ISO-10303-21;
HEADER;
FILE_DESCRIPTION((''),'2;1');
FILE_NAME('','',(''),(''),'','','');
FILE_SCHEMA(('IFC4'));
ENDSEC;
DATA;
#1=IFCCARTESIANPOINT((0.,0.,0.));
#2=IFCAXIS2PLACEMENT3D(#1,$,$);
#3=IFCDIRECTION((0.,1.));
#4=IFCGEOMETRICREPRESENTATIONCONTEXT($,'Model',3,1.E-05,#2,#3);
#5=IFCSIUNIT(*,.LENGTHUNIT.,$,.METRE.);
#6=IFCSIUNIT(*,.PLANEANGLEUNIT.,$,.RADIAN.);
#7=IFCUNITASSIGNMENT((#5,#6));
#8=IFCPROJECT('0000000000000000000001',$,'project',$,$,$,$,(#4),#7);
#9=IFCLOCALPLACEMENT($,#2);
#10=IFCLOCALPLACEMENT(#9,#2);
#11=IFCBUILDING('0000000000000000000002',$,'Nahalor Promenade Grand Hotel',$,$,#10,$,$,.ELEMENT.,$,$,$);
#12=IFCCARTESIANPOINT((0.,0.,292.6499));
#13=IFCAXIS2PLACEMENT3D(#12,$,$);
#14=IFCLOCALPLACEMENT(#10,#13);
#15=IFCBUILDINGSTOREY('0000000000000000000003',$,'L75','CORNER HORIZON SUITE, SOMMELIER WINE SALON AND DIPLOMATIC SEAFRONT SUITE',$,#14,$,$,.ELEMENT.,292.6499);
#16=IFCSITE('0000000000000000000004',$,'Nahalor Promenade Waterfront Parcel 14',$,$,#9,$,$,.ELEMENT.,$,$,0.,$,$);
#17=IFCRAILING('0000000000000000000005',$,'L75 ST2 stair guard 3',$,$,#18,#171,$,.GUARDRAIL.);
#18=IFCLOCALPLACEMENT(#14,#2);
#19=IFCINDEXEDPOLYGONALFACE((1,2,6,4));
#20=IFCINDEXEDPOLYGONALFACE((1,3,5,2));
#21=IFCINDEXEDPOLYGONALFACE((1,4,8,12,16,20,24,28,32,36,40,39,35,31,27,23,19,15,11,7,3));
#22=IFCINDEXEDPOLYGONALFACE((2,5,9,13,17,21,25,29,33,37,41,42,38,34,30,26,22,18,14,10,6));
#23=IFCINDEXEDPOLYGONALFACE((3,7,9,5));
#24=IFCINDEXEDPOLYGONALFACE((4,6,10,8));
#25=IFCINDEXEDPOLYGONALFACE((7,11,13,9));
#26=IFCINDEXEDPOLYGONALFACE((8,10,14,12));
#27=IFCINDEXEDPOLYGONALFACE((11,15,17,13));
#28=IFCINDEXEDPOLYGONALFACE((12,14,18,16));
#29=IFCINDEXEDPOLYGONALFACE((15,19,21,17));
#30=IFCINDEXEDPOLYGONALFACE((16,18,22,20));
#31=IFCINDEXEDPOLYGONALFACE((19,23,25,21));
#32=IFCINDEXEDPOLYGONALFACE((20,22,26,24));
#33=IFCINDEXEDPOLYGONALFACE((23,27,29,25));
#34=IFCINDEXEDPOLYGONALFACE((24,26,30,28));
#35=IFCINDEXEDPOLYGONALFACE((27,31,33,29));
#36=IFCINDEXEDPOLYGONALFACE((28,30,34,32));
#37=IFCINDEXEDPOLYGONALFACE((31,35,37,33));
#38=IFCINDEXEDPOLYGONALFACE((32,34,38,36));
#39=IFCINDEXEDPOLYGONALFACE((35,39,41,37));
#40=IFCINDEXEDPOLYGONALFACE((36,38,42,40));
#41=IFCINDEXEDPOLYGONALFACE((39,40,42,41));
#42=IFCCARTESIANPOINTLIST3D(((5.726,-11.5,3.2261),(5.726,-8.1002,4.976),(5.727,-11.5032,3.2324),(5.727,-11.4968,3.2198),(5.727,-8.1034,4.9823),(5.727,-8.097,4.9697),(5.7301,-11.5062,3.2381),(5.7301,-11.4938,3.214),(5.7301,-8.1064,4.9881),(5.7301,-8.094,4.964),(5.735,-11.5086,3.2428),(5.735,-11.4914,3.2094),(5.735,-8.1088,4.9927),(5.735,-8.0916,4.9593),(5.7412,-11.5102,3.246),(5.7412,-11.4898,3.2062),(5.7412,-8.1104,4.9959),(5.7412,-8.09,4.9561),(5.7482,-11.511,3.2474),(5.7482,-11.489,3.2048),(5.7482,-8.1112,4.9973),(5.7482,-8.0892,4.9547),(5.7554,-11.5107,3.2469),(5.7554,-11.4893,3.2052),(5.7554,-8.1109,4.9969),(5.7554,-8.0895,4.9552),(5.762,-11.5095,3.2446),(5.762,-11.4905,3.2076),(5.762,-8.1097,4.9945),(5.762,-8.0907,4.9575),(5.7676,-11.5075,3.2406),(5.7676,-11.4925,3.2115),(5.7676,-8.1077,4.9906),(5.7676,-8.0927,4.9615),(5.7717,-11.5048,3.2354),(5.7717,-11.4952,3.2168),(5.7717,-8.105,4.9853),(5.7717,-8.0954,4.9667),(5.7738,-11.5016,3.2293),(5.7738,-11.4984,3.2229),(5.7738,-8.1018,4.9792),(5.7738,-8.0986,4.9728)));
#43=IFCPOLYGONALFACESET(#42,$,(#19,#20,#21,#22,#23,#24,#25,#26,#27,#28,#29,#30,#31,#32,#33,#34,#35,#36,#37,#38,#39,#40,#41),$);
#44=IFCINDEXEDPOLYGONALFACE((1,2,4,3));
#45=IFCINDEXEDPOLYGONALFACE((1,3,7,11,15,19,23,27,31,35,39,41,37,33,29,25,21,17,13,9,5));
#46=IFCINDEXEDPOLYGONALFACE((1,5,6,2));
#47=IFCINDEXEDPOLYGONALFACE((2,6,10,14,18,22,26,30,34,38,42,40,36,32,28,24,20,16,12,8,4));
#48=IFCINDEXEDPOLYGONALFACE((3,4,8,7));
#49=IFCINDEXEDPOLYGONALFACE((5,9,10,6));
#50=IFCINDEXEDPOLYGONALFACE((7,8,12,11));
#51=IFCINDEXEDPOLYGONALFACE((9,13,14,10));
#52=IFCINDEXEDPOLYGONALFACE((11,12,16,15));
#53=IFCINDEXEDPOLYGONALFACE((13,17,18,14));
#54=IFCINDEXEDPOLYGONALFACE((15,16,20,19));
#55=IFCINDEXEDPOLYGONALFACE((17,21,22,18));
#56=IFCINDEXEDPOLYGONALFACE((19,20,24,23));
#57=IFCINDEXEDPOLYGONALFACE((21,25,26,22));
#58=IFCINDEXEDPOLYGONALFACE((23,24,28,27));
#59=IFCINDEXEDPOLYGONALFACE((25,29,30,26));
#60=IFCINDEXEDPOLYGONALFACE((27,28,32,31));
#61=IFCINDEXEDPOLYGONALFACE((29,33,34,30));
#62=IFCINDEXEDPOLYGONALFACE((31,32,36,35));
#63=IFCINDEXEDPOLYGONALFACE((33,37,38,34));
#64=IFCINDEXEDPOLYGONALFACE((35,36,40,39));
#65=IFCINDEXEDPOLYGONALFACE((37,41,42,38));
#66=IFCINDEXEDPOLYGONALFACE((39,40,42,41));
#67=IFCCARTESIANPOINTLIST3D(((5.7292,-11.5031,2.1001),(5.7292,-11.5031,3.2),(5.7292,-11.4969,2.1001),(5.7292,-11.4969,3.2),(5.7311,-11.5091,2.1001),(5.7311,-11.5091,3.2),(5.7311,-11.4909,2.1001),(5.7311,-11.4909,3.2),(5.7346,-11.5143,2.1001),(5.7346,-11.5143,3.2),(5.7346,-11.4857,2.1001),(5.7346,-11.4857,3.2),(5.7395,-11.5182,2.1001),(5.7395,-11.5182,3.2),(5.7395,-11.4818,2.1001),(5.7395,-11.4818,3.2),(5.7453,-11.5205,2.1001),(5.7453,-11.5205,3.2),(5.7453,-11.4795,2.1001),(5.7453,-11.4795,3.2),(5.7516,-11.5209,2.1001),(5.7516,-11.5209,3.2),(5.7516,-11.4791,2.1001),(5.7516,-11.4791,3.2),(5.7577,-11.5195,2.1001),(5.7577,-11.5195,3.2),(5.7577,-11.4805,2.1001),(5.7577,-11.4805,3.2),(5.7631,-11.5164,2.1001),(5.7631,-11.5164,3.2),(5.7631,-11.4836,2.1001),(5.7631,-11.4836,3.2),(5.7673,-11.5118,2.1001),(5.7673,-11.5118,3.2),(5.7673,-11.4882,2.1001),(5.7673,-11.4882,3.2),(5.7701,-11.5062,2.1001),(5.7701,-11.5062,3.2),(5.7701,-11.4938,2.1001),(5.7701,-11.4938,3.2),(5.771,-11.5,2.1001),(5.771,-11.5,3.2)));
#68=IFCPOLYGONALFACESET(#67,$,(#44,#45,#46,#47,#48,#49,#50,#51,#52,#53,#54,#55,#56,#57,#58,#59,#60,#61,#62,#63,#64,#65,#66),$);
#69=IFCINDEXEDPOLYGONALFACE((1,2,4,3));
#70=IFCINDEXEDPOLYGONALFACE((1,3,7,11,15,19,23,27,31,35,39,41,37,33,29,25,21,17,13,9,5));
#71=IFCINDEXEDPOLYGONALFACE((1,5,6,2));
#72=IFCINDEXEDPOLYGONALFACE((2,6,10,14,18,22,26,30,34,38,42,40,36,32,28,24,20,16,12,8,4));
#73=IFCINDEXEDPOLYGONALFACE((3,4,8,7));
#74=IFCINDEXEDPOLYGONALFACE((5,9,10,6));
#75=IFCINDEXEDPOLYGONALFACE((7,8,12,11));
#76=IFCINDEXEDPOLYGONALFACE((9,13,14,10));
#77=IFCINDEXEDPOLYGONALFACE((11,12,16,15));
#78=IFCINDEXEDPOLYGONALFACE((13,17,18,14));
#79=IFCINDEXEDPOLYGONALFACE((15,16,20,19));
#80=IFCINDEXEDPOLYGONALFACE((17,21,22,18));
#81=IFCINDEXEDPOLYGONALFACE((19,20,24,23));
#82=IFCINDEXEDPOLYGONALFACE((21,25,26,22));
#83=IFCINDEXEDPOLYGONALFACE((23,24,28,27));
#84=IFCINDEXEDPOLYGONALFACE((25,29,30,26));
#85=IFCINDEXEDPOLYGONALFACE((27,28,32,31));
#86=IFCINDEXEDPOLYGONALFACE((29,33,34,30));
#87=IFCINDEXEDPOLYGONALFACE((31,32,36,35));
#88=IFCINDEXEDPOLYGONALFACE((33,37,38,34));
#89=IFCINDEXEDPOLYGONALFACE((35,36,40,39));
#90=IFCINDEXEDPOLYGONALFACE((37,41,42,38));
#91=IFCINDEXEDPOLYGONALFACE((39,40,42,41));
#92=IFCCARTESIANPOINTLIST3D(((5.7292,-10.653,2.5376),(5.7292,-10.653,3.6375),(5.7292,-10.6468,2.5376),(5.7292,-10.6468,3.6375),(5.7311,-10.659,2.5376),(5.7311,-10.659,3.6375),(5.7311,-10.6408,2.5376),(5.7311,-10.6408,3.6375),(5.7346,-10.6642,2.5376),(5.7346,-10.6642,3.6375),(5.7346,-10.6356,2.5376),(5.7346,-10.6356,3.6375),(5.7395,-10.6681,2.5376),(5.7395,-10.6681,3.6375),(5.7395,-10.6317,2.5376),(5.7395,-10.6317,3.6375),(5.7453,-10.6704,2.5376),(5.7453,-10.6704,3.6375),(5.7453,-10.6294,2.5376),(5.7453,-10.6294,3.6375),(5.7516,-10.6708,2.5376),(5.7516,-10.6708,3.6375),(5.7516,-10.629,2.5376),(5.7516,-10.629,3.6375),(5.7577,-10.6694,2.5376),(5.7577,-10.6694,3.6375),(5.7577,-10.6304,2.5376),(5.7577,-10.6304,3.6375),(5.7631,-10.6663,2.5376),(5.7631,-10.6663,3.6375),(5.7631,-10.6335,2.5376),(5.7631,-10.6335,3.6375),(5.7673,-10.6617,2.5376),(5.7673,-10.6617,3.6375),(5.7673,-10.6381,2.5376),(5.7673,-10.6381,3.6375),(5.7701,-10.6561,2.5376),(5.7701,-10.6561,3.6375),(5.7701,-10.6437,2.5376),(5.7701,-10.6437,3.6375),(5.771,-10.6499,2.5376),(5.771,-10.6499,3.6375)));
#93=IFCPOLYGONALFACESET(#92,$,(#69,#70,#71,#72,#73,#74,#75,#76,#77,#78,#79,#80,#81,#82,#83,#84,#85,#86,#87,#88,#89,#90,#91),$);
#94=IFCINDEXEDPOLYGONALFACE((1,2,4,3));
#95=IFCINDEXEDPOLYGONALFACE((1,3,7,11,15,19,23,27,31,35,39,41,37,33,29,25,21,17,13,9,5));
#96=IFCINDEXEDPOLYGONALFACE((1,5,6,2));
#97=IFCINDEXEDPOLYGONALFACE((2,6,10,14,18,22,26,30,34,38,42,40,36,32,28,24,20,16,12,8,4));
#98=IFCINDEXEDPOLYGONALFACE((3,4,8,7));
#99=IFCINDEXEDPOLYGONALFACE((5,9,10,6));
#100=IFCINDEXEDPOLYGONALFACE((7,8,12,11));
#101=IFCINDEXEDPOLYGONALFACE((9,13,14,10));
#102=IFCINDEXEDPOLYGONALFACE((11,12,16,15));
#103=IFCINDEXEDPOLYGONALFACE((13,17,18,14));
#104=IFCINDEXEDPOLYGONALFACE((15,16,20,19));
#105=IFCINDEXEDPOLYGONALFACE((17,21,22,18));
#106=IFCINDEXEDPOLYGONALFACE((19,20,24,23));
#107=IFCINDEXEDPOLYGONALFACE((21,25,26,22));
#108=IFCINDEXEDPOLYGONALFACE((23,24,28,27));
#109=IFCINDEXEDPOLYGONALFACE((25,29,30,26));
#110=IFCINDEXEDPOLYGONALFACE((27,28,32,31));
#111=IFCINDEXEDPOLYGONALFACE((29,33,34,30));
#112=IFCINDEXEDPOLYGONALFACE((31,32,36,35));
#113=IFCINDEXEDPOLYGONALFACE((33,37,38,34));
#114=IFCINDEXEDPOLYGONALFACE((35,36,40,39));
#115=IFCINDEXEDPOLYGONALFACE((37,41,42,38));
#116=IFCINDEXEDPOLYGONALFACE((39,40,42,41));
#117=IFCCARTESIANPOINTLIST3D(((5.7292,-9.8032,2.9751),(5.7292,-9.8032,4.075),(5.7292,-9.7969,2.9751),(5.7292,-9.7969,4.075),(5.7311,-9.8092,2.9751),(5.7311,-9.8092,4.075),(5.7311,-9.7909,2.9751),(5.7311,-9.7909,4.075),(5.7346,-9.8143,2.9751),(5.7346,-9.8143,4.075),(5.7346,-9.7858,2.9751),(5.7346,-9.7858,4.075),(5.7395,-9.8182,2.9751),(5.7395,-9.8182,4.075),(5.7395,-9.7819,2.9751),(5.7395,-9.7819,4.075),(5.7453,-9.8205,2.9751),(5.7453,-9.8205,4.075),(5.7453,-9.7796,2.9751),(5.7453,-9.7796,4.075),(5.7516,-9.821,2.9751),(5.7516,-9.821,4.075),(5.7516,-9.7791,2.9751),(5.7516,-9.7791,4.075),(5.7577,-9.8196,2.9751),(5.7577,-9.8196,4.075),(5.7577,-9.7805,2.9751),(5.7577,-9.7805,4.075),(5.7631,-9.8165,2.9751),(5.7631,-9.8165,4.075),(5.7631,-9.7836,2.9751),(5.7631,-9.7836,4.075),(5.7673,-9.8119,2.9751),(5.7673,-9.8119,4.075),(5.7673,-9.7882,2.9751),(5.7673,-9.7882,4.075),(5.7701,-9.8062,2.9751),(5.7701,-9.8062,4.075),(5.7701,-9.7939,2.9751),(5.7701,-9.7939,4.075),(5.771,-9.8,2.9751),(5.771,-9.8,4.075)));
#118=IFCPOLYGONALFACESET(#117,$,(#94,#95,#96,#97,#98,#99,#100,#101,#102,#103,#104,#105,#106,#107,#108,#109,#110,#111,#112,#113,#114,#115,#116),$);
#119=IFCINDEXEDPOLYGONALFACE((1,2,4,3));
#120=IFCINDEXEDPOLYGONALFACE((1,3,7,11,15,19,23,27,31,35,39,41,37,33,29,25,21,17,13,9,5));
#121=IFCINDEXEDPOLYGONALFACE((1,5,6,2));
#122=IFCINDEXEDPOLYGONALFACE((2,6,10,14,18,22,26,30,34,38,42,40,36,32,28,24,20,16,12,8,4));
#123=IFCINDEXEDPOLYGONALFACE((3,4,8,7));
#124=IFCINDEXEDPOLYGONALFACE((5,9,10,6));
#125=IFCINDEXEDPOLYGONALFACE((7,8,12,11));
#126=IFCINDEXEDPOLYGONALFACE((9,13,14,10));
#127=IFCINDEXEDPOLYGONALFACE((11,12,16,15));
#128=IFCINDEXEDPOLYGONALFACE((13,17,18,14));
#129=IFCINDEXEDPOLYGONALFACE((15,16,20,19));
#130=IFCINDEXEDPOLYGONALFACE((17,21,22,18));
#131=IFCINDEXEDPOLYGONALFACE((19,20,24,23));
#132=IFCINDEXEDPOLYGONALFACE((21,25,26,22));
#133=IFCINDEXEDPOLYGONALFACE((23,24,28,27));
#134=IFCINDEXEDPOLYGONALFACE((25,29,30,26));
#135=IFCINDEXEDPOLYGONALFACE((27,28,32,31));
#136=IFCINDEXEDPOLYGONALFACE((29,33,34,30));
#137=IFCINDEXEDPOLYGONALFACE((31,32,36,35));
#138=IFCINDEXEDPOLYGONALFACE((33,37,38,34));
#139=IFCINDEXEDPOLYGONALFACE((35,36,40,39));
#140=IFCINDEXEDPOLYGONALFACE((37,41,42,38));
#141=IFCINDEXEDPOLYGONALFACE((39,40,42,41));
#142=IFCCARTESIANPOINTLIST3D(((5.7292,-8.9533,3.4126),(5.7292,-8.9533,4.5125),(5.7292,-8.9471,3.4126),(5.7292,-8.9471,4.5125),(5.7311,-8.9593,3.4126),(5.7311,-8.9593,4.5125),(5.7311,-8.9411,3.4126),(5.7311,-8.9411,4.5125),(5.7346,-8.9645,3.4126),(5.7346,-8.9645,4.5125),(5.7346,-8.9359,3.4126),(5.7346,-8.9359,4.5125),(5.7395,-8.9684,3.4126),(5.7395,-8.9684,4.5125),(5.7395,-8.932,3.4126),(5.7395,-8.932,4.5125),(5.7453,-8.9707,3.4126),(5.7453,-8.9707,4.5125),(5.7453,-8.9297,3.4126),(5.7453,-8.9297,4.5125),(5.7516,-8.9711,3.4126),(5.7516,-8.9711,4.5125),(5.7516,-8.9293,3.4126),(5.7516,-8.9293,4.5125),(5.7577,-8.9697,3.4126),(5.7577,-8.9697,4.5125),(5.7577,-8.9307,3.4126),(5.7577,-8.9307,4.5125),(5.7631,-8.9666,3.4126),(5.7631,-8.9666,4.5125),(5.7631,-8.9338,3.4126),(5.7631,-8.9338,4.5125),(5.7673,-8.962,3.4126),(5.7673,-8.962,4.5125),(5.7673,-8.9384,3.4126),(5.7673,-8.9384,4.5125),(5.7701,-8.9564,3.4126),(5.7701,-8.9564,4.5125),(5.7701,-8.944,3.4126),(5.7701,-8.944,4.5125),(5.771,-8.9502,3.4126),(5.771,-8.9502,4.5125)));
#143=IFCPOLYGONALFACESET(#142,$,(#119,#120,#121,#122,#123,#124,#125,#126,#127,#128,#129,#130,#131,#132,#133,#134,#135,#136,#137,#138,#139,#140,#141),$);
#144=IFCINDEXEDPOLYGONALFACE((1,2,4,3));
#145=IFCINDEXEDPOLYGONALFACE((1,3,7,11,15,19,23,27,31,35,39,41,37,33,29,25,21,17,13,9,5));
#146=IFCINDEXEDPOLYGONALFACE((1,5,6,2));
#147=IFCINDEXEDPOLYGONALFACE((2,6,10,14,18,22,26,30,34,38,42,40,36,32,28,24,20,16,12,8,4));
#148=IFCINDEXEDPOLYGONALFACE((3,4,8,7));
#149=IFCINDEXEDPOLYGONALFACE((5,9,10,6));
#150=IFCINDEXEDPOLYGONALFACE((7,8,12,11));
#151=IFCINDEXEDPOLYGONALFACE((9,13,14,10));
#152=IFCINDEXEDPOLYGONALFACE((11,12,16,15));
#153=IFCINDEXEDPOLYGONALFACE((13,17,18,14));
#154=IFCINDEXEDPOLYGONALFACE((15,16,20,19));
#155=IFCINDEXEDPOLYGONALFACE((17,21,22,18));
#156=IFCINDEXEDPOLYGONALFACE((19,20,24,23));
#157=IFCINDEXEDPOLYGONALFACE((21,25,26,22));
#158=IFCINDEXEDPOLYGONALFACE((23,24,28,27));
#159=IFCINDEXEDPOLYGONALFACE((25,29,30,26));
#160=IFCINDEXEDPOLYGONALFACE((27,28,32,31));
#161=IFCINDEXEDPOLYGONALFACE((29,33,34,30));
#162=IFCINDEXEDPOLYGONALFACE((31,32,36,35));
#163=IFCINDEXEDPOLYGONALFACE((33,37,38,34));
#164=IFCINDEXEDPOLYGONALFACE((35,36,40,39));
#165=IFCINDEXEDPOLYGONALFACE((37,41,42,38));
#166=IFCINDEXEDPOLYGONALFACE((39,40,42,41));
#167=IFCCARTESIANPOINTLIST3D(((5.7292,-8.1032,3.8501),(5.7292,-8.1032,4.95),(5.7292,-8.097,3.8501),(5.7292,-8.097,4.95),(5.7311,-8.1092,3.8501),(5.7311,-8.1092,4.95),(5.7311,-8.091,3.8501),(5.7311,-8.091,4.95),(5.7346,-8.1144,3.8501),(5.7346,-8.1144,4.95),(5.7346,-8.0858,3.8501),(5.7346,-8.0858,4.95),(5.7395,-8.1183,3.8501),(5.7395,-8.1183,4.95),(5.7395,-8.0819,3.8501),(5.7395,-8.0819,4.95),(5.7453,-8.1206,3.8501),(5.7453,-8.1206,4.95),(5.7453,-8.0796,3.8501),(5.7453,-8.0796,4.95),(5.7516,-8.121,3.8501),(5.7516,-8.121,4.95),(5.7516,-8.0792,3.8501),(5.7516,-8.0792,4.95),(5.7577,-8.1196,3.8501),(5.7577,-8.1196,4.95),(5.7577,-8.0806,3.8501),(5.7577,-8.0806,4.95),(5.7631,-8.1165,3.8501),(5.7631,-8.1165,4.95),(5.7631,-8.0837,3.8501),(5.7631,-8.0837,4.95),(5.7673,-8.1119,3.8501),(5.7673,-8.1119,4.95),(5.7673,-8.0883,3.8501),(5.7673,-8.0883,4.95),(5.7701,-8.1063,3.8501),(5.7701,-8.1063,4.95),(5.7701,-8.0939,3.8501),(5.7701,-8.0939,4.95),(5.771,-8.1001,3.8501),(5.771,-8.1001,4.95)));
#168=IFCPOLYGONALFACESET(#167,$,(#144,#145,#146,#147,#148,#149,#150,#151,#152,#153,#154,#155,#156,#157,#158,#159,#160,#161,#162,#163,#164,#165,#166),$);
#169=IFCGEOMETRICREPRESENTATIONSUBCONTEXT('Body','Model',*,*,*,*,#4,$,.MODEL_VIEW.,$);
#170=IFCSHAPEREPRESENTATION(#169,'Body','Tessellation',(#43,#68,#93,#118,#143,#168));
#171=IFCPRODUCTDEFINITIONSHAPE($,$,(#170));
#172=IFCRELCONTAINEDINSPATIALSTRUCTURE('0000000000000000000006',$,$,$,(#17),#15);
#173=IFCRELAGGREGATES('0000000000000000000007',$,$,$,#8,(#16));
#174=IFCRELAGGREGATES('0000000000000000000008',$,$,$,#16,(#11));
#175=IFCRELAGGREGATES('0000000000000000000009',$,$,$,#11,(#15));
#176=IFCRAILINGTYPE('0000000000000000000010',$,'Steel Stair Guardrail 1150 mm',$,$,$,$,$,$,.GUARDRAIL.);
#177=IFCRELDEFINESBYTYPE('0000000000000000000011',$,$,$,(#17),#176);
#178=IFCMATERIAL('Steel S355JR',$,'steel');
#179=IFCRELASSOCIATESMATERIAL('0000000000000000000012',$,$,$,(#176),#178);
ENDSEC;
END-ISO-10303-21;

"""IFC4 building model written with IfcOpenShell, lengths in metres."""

from ifc_helpers import new_model, si_unit, direction, frame, origin, origin_2d, place, context, subcontext, project, spatial, circle, extrude, material, type_object, element, save


model = new_model("IFC4")

# Units and contexts
model_context = context("Model", 3, precision=1e-05, world=origin(), true_north=direction((0.0, 1.0)))
body_context = subcontext(model_context, "Body", "Model", "MODEL_VIEW")
ifc_project = project(units=[si_unit("LENGTHUNIT", "METRE"), si_unit("PLANEANGLEUNIT", "RADIAN")], contexts=[model_context])

# Site, building, storey
site_placement = place(None, origin())
site = spatial("IfcSite", under=ifc_project, at=site_placement, Name="Nahalor Promenade Waterfront Parcel 14", CompositionType="ELEMENT", RefElevation=0.0)
building_placement = place(site_placement, origin())
building = spatial("IfcBuilding", under=site, at=building_placement, Name="Nahalor Promenade Grand Hotel", CompositionType="ELEMENT")
storey_placement = place(building_placement, frame((0.0, 0.0, 292.6499)))
storey = spatial("IfcBuildingStorey", under=building, at=storey_placement, Name="L75", Description="CORNER HORIZON SUITE, SOMMELIER WINE SALON AND DIPLOMATIC SEAFRONT SUITE", CompositionType="ELEMENT", Elevation=292.6499)

# Shared definitions
ifc_material_1 = material(Name="Steel S355JR", Category="steel")

# Railing
railing_type_1 = type_object("IfcRailingType", Name="Steel Stair Guardrail 1150 mm", PredefinedType="GUARDRAIL", material=ifc_material_1)
railing_1_placement = place(storey_placement, frame((5.75, -11.5, 2.1001)))
element("IfcRailing", 1, at=railing_1_placement, inside=storey, type_object=railing_type_1, Name="L75 ST2 stair guard 3", PredefinedType="GUARDRAIL", context=body_context, shape_type="SweptSolid", body=[
    extrude(circle(Radius=0.024, at=origin_2d()), frame((0.0, 0.0, 1.126), z_axis=(0.0, 0.88913, 0.457654), x_axis=(-1.0, 0.0, 0.0)), (0.0, 0.0, 1.0), 3.8237),
    extrude(circle(Radius=0.021, at=origin_2d()), origin(), (0.0, 0.0, 1.0), 1.0999),
    extrude(circle(Radius=0.021, at=origin_2d()), frame((0.0, 0.8501, 0.4375)), (0.0, 0.0, 1.0), 1.0999),
    extrude(circle(Radius=0.021, at=origin_2d()), frame((0.0, 1.7, 0.875)), (0.0, 0.0, 1.0), 1.0999),
    extrude(circle(Radius=0.021, at=origin_2d()), frame((0.0, 2.5498, 1.3125)), (0.0, 0.0, 1.0), 1.0999),
    extrude(circle(Radius=0.021, at=origin_2d()), frame((0.0, 3.3999, 1.75)), (0.0, 0.0, 1.0), 1.0999),
])

save(model, "model.ifc")
